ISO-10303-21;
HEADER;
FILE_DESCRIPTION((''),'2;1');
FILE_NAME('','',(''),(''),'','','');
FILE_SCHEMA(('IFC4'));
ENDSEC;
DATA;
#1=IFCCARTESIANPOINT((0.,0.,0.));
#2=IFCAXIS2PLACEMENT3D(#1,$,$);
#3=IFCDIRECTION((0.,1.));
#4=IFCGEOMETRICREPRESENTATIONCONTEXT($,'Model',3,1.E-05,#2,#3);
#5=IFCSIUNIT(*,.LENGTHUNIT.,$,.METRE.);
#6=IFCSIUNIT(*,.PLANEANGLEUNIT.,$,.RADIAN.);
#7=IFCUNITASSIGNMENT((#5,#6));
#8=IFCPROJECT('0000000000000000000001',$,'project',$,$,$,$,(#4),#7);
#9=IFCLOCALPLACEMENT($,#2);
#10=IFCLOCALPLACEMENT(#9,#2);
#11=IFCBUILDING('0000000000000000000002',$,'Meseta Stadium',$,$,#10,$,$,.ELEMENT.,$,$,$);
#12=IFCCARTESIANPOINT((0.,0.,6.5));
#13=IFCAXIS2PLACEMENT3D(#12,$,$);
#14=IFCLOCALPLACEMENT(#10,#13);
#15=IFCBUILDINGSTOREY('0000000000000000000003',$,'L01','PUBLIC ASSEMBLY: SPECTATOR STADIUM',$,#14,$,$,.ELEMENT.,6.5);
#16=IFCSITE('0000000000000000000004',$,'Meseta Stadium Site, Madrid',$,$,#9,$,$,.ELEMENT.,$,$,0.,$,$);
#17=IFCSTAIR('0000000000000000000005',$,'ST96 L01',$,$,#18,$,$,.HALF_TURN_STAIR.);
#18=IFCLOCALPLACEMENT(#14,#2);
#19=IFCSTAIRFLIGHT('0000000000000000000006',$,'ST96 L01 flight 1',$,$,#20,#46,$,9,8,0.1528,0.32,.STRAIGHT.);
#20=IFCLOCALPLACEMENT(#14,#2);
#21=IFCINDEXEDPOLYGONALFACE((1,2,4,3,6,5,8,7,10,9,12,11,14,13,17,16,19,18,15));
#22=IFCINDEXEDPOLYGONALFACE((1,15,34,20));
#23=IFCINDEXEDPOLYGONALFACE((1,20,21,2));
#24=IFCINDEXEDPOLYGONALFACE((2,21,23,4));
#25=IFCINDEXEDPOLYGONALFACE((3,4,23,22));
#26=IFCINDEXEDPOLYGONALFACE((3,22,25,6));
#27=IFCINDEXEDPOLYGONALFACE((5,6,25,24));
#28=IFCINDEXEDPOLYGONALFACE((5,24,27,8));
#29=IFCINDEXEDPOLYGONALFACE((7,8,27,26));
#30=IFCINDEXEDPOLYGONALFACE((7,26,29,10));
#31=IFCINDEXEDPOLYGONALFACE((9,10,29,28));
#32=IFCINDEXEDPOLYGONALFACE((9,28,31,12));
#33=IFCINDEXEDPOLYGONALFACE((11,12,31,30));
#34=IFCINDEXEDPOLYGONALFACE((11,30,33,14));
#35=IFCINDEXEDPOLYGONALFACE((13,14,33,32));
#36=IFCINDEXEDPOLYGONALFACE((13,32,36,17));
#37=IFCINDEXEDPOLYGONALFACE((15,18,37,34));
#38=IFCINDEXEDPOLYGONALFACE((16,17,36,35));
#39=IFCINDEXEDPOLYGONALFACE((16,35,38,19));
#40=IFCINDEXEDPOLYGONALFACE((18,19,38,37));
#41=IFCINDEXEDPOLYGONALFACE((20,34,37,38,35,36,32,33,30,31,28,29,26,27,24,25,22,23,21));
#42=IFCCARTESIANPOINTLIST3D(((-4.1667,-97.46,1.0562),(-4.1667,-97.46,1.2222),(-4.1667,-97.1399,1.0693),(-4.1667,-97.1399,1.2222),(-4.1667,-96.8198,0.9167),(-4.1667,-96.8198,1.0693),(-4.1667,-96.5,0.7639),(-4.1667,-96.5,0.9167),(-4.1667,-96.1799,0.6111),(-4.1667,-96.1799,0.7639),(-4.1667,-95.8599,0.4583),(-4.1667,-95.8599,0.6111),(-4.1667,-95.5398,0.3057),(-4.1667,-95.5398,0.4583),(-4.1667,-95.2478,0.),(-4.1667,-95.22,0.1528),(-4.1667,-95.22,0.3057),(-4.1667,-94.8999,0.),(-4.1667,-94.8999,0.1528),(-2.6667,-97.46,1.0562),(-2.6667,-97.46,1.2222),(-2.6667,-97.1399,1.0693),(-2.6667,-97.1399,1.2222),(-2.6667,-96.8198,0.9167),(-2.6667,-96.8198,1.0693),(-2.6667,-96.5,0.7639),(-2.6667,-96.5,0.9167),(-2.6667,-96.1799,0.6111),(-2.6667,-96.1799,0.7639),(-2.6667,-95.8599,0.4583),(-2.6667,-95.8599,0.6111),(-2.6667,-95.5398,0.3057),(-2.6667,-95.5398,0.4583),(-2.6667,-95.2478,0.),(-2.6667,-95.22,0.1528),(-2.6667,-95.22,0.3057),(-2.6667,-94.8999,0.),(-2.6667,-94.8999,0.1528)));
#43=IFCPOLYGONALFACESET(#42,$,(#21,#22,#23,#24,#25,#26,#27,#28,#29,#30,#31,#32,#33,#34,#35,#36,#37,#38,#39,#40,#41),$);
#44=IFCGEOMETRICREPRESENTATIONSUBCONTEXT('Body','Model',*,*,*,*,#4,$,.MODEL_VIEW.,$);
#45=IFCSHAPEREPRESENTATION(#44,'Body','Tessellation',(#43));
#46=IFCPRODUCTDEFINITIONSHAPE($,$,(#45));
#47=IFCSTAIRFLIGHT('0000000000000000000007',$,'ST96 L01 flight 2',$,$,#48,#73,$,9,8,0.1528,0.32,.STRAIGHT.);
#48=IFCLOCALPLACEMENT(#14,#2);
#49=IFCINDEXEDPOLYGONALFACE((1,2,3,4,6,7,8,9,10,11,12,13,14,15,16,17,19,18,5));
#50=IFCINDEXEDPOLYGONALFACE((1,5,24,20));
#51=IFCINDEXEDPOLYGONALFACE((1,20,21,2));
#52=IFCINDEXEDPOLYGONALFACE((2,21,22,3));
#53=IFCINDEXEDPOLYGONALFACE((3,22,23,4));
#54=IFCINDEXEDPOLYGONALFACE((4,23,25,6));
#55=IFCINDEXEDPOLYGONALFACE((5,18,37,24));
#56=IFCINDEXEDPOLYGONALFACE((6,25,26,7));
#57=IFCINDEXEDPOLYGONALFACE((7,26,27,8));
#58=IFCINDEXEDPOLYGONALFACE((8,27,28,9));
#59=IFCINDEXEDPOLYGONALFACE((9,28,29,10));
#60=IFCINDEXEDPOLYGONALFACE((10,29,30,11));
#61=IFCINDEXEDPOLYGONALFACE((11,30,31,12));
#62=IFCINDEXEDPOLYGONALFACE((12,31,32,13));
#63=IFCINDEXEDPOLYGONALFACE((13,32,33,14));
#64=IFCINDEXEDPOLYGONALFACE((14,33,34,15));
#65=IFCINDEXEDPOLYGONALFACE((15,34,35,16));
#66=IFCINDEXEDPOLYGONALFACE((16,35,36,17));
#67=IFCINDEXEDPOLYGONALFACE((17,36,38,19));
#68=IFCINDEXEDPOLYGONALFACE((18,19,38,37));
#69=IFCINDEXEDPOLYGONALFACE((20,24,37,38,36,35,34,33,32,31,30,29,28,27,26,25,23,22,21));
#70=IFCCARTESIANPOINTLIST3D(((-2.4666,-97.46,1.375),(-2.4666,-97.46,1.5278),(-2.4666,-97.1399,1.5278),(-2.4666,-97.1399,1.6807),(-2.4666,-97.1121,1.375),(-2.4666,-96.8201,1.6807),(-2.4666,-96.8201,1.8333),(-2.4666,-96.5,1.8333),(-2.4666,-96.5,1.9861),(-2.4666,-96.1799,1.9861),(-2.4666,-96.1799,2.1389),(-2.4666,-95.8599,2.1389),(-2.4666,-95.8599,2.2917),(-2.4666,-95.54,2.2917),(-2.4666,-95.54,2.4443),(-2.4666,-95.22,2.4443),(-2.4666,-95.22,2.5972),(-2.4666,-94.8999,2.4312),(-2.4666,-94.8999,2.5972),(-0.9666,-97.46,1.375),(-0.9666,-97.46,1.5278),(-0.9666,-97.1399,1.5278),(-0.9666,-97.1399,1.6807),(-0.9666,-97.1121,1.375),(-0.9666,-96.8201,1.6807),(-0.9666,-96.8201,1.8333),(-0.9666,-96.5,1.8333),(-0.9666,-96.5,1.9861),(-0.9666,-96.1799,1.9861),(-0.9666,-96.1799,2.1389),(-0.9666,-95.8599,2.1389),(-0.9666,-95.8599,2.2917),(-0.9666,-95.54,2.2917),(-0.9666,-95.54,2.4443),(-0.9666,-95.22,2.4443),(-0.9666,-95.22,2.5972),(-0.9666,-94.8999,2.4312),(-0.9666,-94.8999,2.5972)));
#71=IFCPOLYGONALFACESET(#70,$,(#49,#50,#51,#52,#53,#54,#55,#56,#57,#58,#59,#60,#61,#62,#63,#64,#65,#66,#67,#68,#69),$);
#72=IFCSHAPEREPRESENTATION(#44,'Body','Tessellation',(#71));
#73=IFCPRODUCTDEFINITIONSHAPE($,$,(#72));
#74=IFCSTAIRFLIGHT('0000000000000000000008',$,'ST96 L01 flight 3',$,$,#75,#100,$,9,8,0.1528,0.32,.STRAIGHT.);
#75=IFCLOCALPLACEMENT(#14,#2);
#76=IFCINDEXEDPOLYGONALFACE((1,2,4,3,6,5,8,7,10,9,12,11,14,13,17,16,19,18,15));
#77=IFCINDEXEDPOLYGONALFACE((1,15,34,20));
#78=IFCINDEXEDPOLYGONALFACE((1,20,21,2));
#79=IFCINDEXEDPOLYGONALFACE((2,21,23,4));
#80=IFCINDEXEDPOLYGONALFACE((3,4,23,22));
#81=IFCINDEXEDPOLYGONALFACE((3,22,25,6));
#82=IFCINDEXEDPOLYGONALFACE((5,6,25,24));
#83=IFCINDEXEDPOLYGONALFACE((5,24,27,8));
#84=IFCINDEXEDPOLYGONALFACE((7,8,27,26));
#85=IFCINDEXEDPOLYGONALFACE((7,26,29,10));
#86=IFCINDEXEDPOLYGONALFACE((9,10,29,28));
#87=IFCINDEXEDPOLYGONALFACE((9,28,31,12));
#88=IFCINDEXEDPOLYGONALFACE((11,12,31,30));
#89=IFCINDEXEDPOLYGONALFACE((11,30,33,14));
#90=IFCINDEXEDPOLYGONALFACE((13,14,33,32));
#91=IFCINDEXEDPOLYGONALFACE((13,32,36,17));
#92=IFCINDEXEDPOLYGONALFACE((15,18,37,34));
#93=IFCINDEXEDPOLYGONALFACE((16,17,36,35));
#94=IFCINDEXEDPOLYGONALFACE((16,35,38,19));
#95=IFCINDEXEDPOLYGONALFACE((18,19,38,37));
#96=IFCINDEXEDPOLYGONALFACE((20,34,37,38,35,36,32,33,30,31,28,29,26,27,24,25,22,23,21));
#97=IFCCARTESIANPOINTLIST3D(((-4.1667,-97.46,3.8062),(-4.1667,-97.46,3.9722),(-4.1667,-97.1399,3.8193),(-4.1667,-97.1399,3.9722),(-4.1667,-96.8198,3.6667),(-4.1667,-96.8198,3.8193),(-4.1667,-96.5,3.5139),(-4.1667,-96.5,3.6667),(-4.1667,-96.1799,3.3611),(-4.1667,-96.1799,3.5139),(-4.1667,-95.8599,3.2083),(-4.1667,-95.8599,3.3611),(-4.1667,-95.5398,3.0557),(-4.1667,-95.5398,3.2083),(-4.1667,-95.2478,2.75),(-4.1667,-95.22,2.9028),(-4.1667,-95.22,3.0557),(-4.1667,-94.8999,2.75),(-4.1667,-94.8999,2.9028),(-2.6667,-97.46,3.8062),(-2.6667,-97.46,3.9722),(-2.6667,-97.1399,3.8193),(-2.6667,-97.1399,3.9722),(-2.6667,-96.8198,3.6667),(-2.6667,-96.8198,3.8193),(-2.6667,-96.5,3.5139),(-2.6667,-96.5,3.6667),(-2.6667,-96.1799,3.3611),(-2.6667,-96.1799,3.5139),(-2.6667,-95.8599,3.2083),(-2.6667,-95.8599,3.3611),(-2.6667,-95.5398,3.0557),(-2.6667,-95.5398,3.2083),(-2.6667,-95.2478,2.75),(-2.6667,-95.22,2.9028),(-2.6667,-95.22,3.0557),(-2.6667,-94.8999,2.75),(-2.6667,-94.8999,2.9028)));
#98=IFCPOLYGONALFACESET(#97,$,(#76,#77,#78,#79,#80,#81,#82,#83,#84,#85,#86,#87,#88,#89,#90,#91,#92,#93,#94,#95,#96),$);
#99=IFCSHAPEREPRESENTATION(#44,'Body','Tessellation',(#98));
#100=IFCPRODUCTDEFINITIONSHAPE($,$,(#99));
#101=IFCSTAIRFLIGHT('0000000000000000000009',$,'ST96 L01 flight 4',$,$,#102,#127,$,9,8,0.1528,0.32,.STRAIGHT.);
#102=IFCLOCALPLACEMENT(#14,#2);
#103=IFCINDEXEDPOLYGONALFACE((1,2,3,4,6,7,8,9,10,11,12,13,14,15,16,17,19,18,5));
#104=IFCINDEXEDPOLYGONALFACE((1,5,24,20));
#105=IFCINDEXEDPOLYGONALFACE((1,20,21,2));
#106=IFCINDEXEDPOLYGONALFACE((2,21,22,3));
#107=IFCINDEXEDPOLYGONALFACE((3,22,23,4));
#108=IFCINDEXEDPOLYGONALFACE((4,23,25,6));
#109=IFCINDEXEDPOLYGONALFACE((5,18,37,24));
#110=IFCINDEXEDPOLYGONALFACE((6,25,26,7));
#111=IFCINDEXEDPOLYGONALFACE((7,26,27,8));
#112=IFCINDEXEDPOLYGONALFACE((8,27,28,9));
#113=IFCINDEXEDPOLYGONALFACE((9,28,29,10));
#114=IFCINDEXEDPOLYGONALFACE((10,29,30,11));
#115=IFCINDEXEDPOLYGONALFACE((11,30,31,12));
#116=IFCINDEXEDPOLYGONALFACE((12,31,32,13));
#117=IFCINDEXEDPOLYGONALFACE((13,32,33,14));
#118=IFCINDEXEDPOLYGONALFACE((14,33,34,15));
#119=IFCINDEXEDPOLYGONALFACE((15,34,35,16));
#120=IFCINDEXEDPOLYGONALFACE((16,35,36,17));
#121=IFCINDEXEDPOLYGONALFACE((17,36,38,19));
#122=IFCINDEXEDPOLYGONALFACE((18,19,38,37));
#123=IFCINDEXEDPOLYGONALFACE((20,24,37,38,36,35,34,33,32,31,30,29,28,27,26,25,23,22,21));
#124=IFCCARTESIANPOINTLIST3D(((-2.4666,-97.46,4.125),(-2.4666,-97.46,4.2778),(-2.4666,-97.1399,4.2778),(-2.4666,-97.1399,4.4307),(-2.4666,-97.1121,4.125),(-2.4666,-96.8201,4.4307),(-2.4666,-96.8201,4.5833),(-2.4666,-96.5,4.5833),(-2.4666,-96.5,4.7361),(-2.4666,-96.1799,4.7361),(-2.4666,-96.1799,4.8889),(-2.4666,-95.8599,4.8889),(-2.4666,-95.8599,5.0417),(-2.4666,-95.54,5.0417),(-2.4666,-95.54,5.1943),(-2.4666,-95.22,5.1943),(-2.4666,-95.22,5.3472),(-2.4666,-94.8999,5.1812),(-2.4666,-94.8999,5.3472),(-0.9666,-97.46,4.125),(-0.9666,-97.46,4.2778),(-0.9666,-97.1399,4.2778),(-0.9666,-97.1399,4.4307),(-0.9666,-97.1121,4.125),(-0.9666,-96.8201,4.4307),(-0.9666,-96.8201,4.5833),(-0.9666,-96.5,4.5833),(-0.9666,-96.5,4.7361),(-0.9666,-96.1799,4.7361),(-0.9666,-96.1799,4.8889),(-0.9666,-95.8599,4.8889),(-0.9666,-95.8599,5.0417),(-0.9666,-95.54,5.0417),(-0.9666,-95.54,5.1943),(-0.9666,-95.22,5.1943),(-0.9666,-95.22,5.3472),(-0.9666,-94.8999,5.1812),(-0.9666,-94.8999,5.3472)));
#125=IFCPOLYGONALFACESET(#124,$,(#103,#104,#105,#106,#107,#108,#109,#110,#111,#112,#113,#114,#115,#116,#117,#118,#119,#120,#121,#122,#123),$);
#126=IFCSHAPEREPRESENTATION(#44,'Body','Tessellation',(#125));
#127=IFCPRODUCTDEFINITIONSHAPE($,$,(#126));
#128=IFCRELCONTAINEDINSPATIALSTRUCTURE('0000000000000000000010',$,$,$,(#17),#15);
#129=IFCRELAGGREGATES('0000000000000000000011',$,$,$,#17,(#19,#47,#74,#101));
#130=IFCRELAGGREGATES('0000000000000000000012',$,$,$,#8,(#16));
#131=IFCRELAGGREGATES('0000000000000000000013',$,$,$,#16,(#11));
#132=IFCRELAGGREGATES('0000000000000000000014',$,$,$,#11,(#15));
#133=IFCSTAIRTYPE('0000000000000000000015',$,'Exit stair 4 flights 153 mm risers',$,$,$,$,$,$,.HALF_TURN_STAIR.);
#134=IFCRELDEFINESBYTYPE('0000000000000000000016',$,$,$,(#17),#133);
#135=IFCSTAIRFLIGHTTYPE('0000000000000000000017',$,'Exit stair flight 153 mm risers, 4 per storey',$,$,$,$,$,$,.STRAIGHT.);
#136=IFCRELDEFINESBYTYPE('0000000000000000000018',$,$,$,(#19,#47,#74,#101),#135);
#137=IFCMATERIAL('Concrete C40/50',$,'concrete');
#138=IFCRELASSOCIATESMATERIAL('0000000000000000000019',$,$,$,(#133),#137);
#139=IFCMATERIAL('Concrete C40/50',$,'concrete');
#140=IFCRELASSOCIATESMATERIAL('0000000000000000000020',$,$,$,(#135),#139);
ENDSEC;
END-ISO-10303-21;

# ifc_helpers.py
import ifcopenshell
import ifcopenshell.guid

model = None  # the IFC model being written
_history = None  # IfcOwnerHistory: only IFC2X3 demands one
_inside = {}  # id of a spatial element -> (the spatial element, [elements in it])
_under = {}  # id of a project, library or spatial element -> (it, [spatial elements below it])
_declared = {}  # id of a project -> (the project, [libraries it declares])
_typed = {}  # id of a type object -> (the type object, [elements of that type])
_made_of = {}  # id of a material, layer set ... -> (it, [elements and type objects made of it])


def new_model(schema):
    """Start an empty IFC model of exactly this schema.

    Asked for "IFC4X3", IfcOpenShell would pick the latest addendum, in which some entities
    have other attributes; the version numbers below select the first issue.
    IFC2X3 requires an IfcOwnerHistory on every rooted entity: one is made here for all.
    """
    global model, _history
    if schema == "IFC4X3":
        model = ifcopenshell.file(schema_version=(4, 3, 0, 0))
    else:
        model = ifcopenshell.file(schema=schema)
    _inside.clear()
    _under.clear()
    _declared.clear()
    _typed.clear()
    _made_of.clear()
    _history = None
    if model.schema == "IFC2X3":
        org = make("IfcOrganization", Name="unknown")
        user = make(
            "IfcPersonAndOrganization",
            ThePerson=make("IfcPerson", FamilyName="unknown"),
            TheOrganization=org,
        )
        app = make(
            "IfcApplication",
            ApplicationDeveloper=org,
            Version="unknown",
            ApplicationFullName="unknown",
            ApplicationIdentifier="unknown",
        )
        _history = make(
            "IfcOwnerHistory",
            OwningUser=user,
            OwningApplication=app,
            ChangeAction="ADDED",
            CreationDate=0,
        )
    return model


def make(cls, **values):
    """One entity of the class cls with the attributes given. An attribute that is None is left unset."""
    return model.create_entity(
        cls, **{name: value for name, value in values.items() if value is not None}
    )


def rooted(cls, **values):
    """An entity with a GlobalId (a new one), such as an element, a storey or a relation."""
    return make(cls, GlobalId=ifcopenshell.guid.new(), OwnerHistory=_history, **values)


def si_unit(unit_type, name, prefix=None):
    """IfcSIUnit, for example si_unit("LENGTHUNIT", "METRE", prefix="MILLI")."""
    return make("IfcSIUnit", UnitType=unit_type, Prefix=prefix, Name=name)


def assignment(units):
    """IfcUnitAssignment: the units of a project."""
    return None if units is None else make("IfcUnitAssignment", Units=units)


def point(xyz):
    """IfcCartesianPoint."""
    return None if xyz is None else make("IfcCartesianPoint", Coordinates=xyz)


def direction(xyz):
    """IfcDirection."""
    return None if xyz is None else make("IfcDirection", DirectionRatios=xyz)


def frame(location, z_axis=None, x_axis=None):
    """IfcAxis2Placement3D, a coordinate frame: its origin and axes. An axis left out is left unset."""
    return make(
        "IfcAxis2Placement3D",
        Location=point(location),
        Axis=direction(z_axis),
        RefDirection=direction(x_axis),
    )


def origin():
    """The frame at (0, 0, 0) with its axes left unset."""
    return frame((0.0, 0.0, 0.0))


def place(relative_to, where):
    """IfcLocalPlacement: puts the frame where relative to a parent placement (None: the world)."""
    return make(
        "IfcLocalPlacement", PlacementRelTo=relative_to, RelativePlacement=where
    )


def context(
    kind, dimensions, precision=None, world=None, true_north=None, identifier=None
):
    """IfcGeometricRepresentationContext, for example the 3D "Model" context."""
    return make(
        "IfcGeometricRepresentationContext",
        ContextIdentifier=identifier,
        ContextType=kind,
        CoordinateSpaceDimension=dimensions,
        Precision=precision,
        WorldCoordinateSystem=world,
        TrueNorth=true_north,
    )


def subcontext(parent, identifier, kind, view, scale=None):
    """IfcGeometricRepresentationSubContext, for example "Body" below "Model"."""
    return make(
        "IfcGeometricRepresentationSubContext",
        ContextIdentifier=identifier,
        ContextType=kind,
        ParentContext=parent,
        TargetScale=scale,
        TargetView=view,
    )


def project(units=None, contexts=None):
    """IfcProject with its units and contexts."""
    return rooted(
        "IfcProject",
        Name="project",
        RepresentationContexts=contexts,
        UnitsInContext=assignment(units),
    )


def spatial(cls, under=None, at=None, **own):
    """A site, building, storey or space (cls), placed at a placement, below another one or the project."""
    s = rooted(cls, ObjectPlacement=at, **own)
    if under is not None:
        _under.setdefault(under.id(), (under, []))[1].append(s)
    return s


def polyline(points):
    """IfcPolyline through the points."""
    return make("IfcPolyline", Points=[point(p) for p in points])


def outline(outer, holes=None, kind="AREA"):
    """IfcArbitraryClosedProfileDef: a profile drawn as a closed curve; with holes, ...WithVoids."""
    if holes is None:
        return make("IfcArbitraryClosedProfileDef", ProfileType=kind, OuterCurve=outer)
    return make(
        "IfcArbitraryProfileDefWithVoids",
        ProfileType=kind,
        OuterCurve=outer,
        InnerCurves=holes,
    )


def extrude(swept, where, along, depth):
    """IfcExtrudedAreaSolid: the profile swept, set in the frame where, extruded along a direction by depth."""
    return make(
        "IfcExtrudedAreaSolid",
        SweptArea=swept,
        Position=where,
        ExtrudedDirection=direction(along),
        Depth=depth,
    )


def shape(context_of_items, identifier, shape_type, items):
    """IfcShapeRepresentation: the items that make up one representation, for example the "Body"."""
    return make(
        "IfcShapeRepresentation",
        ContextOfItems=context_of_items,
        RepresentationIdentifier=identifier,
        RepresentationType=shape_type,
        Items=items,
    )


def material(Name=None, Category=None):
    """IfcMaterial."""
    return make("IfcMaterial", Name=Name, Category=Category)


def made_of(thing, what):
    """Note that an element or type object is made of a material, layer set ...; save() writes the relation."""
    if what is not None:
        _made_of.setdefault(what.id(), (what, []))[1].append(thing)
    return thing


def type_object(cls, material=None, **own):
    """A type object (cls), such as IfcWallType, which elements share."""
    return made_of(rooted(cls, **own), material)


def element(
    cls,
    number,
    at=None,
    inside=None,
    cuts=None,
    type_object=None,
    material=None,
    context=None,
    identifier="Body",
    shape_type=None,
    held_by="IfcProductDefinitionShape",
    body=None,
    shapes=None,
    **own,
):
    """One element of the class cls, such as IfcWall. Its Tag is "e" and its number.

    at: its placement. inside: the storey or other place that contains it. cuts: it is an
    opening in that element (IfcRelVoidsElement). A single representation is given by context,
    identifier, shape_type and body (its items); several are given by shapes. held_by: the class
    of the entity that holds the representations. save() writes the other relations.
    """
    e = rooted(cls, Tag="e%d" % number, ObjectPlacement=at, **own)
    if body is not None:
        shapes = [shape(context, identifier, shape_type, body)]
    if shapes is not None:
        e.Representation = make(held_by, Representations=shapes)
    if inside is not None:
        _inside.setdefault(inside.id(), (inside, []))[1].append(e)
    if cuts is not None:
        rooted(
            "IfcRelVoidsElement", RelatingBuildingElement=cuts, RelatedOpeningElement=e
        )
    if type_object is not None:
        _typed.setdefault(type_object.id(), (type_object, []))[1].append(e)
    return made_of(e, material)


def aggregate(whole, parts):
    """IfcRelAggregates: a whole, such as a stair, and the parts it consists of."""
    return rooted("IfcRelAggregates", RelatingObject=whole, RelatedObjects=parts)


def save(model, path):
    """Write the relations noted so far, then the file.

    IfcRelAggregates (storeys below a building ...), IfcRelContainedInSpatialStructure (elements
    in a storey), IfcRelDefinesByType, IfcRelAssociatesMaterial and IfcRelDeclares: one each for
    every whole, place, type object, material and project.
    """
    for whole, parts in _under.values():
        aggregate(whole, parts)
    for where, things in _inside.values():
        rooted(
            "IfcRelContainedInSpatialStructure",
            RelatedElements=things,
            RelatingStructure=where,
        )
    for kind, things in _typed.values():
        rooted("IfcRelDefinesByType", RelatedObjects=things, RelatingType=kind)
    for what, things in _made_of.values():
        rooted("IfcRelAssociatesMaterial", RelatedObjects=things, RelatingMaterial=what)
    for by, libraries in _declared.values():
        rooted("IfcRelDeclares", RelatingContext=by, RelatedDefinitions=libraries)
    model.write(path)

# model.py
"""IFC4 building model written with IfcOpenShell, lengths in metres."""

from ifc_helpers import new_model, si_unit, direction, frame, origin, place, context, subcontext, project, spatial, polyline, outline, extrude, material, type_object, element, aggregate, save


model = new_model("IFC4")

# Units and contexts
model_context = context("Model", 3, precision=1e-05, world=origin(), true_north=direction((0.0, 1.0)))
body_context = subcontext(model_context, "Body", "Model", "MODEL_VIEW")
ifc_project = project(units=[si_unit("LENGTHUNIT", "METRE"), si_unit("PLANEANGLEUNIT", "RADIAN")], contexts=[model_context])

# Site, building, storey
site_placement = place(None, origin())
site = spatial("IfcSite", under=ifc_project, at=site_placement, Name="Meseta Stadium Site, Madrid", CompositionType="ELEMENT", RefElevation=0.0)
building_placement = place(site_placement, origin())
building = spatial("IfcBuilding", under=site, at=building_placement, Name="Meseta Stadium", CompositionType="ELEMENT")
storey_placement = place(building_placement, frame((0.0, 0.0, 6.5)))
storey = spatial("IfcBuildingStorey", under=building, at=storey_placement, Name="L01", Description="PUBLIC ASSEMBLY: SPECTATOR STADIUM", CompositionType="ELEMENT", Elevation=6.5)

# Stair, stair flights
ifc_material_1 = material(Name="Concrete C40/50", Category="concrete")
stair_type = type_object("IfcStairType", Name="Exit stair 4 flights 153 mm risers", PredefinedType="HALF_TURN_STAIR", material=ifc_material_1)
ifc_material_2 = material(Name="Concrete C40/50", Category="concrete")
stair_flight_type = type_object("IfcStairFlightType", Name="Exit stair flight 153 mm risers, 4 per storey", PredefinedType="STRAIGHT", material=ifc_material_2)
stair_1_placement = place(storey_placement, origin())
stair_1 = element("IfcStair", 1, at=stair_1_placement, inside=storey, type_object=stair_type, Name="ST96 L01", PredefinedType="HALF_TURN_STAIR")
stair_flight_1_placement = place(storey_placement, frame((-3.4167, -94.8999, 0.0), z_axis=(0.0, 0.0, 1.0), x_axis=(0.0, -1.0, 0.0)))
stair_flight_1 = element("IfcStairFlight", 2, at=stair_flight_1_placement, type_object=stair_flight_type, Name="ST96 L01 flight 1", NumberOfRisers=9, NumberOfTreads=8, PredefinedType="STRAIGHT", RiserHeight=0.1528, TreadLength=0.32, context=body_context, shape_type="SweptSolid", body=[
    extrude(outline(polyline([(0.0, 0.0), (0.0, 0.1528), (0.3201, 0.1528), (0.3201, 0.3057), (0.6399, 0.3057), (0.6399, 0.4583), (0.96, 0.4583), (0.96, 0.6111), (1.28, 0.6111), (1.28, 0.7639), (1.6001, 0.7639), (1.6001, 0.9167), (1.9199, 0.9167), (1.9199, 1.0693), (2.24, 1.0693), (2.24, 1.2222), (2.5601, 1.2222), (2.5601, 1.0562), (0.3479, 0.0), (0.0, 0.0)])), frame((0.0, 0.75, 0.0), z_axis=(0.0, -1.0, 0.0), x_axis=(1.0, 0.0, 0.0)), (0.0, 0.0, 1.0), 1.5),
])
stair_flight_2_placement = place(storey_placement, frame((-1.7166, -97.46, 1.375), z_axis=(0.0, 0.0, 1.0), x_axis=(0.0, 1.0, 0.0)))
stair_flight_2 = element("IfcStairFlight", 3, at=stair_flight_2_placement, type_object=stair_flight_type, Name="ST96 L01 flight 2", NumberOfRisers=9, NumberOfTreads=8, PredefinedType="STRAIGHT", RiserHeight=0.1528, TreadLength=0.32, context=body_context, shape_type="SweptSolid", body=[
    extrude(outline(polyline([(0.0, 0.0), (0.0, 0.1528), (0.3201, 0.1528), (0.3201, 0.3057), (0.6399, 0.3057), (0.6399, 0.4583), (0.96, 0.4583), (0.96, 0.6111), (1.28, 0.6111), (1.28, 0.7639), (1.6001, 0.7639), (1.6001, 0.9167), (1.9199, 0.9167), (1.9199, 1.0693), (2.24, 1.0693), (2.24, 1.2222), (2.5601, 1.2222), (2.5601, 1.0562), (0.3479, 0.0), (0.0, 0.0)])), frame((0.0, 0.75, 0.0), z_axis=(0.0, -1.0, 0.0), x_axis=(1.0, 0.0, 0.0)), (0.0, 0.0, 1.0), 1.5),
])
stair_flight_3_placement = place(storey_placement, frame((-3.4167, -94.8999, 2.75), z_axis=(0.0, 0.0, 1.0), x_axis=(0.0, -1.0, 0.0)))
stair_flight_3 = element("IfcStairFlight", 4, at=stair_flight_3_placement, type_object=stair_flight_type, Name="ST96 L01 flight 3", NumberOfRisers=9, NumberOfTreads=8, PredefinedType="STRAIGHT", RiserHeight=0.1528, TreadLength=0.32, context=body_context, shape_type="SweptSolid", body=[
    extrude(outline(polyline([(0.0, 0.0), (0.0, 0.1528), (0.3201, 0.1528), (0.3201, 0.3057), (0.6399, 0.3057), (0.6399, 0.4583), (0.96, 0.4583), (0.96, 0.6111), (1.28, 0.6111), (1.28, 0.7639), (1.6001, 0.7639), (1.6001, 0.9167), (1.9199, 0.9167), (1.9199, 1.0693), (2.24, 1.0693), (2.24, 1.2222), (2.5601, 1.2222), (2.5601, 1.0562), (0.3479, 0.0), (0.0, 0.0)])), frame((0.0, 0.75, 0.0), z_axis=(0.0, -1.0, 0.0), x_axis=(1.0, 0.0, 0.0)), (0.0, 0.0, 1.0), 1.5),
])
stair_flight_4_placement = place(storey_placement, frame((-1.7166, -97.46, 4.125), z_axis=(0.0, 0.0, 1.0), x_axis=(0.0, 1.0, 0.0)))
stair_flight_4 = element("IfcStairFlight", 5, at=stair_flight_4_placement, type_object=stair_flight_type, Name="ST96 L01 flight 4", NumberOfRisers=9, NumberOfTreads=8, PredefinedType="STRAIGHT", RiserHeight=0.1528, TreadLength=0.32, context=body_context, shape_type="SweptSolid", body=[
    extrude(outline(polyline([(0.0, 0.0), (0.0, 0.1528), (0.3201, 0.1528), (0.3201, 0.3057), (0.6399, 0.3057), (0.6399, 0.4583), (0.96, 0.4583), (0.96, 0.6111), (1.28, 0.6111), (1.28, 0.7639), (1.6001, 0.7639), (1.6001, 0.9167), (1.9199, 0.9167), (1.9199, 1.0693), (2.24, 1.0693), (2.24, 1.2222), (2.5601, 1.2222), (2.5601, 1.0562), (0.3479, 0.0), (0.0, 0.0)])), frame((0.0, 0.75, 0.0), z_axis=(0.0, -1.0, 0.0), x_axis=(1.0, 0.0, 0.0)), (0.0, 0.0, 1.0), 1.5),
])
aggregate(stair_1, [stair_flight_1, stair_flight_2, stair_flight_3, stair_flight_4])

save(model, "model.ifc")
